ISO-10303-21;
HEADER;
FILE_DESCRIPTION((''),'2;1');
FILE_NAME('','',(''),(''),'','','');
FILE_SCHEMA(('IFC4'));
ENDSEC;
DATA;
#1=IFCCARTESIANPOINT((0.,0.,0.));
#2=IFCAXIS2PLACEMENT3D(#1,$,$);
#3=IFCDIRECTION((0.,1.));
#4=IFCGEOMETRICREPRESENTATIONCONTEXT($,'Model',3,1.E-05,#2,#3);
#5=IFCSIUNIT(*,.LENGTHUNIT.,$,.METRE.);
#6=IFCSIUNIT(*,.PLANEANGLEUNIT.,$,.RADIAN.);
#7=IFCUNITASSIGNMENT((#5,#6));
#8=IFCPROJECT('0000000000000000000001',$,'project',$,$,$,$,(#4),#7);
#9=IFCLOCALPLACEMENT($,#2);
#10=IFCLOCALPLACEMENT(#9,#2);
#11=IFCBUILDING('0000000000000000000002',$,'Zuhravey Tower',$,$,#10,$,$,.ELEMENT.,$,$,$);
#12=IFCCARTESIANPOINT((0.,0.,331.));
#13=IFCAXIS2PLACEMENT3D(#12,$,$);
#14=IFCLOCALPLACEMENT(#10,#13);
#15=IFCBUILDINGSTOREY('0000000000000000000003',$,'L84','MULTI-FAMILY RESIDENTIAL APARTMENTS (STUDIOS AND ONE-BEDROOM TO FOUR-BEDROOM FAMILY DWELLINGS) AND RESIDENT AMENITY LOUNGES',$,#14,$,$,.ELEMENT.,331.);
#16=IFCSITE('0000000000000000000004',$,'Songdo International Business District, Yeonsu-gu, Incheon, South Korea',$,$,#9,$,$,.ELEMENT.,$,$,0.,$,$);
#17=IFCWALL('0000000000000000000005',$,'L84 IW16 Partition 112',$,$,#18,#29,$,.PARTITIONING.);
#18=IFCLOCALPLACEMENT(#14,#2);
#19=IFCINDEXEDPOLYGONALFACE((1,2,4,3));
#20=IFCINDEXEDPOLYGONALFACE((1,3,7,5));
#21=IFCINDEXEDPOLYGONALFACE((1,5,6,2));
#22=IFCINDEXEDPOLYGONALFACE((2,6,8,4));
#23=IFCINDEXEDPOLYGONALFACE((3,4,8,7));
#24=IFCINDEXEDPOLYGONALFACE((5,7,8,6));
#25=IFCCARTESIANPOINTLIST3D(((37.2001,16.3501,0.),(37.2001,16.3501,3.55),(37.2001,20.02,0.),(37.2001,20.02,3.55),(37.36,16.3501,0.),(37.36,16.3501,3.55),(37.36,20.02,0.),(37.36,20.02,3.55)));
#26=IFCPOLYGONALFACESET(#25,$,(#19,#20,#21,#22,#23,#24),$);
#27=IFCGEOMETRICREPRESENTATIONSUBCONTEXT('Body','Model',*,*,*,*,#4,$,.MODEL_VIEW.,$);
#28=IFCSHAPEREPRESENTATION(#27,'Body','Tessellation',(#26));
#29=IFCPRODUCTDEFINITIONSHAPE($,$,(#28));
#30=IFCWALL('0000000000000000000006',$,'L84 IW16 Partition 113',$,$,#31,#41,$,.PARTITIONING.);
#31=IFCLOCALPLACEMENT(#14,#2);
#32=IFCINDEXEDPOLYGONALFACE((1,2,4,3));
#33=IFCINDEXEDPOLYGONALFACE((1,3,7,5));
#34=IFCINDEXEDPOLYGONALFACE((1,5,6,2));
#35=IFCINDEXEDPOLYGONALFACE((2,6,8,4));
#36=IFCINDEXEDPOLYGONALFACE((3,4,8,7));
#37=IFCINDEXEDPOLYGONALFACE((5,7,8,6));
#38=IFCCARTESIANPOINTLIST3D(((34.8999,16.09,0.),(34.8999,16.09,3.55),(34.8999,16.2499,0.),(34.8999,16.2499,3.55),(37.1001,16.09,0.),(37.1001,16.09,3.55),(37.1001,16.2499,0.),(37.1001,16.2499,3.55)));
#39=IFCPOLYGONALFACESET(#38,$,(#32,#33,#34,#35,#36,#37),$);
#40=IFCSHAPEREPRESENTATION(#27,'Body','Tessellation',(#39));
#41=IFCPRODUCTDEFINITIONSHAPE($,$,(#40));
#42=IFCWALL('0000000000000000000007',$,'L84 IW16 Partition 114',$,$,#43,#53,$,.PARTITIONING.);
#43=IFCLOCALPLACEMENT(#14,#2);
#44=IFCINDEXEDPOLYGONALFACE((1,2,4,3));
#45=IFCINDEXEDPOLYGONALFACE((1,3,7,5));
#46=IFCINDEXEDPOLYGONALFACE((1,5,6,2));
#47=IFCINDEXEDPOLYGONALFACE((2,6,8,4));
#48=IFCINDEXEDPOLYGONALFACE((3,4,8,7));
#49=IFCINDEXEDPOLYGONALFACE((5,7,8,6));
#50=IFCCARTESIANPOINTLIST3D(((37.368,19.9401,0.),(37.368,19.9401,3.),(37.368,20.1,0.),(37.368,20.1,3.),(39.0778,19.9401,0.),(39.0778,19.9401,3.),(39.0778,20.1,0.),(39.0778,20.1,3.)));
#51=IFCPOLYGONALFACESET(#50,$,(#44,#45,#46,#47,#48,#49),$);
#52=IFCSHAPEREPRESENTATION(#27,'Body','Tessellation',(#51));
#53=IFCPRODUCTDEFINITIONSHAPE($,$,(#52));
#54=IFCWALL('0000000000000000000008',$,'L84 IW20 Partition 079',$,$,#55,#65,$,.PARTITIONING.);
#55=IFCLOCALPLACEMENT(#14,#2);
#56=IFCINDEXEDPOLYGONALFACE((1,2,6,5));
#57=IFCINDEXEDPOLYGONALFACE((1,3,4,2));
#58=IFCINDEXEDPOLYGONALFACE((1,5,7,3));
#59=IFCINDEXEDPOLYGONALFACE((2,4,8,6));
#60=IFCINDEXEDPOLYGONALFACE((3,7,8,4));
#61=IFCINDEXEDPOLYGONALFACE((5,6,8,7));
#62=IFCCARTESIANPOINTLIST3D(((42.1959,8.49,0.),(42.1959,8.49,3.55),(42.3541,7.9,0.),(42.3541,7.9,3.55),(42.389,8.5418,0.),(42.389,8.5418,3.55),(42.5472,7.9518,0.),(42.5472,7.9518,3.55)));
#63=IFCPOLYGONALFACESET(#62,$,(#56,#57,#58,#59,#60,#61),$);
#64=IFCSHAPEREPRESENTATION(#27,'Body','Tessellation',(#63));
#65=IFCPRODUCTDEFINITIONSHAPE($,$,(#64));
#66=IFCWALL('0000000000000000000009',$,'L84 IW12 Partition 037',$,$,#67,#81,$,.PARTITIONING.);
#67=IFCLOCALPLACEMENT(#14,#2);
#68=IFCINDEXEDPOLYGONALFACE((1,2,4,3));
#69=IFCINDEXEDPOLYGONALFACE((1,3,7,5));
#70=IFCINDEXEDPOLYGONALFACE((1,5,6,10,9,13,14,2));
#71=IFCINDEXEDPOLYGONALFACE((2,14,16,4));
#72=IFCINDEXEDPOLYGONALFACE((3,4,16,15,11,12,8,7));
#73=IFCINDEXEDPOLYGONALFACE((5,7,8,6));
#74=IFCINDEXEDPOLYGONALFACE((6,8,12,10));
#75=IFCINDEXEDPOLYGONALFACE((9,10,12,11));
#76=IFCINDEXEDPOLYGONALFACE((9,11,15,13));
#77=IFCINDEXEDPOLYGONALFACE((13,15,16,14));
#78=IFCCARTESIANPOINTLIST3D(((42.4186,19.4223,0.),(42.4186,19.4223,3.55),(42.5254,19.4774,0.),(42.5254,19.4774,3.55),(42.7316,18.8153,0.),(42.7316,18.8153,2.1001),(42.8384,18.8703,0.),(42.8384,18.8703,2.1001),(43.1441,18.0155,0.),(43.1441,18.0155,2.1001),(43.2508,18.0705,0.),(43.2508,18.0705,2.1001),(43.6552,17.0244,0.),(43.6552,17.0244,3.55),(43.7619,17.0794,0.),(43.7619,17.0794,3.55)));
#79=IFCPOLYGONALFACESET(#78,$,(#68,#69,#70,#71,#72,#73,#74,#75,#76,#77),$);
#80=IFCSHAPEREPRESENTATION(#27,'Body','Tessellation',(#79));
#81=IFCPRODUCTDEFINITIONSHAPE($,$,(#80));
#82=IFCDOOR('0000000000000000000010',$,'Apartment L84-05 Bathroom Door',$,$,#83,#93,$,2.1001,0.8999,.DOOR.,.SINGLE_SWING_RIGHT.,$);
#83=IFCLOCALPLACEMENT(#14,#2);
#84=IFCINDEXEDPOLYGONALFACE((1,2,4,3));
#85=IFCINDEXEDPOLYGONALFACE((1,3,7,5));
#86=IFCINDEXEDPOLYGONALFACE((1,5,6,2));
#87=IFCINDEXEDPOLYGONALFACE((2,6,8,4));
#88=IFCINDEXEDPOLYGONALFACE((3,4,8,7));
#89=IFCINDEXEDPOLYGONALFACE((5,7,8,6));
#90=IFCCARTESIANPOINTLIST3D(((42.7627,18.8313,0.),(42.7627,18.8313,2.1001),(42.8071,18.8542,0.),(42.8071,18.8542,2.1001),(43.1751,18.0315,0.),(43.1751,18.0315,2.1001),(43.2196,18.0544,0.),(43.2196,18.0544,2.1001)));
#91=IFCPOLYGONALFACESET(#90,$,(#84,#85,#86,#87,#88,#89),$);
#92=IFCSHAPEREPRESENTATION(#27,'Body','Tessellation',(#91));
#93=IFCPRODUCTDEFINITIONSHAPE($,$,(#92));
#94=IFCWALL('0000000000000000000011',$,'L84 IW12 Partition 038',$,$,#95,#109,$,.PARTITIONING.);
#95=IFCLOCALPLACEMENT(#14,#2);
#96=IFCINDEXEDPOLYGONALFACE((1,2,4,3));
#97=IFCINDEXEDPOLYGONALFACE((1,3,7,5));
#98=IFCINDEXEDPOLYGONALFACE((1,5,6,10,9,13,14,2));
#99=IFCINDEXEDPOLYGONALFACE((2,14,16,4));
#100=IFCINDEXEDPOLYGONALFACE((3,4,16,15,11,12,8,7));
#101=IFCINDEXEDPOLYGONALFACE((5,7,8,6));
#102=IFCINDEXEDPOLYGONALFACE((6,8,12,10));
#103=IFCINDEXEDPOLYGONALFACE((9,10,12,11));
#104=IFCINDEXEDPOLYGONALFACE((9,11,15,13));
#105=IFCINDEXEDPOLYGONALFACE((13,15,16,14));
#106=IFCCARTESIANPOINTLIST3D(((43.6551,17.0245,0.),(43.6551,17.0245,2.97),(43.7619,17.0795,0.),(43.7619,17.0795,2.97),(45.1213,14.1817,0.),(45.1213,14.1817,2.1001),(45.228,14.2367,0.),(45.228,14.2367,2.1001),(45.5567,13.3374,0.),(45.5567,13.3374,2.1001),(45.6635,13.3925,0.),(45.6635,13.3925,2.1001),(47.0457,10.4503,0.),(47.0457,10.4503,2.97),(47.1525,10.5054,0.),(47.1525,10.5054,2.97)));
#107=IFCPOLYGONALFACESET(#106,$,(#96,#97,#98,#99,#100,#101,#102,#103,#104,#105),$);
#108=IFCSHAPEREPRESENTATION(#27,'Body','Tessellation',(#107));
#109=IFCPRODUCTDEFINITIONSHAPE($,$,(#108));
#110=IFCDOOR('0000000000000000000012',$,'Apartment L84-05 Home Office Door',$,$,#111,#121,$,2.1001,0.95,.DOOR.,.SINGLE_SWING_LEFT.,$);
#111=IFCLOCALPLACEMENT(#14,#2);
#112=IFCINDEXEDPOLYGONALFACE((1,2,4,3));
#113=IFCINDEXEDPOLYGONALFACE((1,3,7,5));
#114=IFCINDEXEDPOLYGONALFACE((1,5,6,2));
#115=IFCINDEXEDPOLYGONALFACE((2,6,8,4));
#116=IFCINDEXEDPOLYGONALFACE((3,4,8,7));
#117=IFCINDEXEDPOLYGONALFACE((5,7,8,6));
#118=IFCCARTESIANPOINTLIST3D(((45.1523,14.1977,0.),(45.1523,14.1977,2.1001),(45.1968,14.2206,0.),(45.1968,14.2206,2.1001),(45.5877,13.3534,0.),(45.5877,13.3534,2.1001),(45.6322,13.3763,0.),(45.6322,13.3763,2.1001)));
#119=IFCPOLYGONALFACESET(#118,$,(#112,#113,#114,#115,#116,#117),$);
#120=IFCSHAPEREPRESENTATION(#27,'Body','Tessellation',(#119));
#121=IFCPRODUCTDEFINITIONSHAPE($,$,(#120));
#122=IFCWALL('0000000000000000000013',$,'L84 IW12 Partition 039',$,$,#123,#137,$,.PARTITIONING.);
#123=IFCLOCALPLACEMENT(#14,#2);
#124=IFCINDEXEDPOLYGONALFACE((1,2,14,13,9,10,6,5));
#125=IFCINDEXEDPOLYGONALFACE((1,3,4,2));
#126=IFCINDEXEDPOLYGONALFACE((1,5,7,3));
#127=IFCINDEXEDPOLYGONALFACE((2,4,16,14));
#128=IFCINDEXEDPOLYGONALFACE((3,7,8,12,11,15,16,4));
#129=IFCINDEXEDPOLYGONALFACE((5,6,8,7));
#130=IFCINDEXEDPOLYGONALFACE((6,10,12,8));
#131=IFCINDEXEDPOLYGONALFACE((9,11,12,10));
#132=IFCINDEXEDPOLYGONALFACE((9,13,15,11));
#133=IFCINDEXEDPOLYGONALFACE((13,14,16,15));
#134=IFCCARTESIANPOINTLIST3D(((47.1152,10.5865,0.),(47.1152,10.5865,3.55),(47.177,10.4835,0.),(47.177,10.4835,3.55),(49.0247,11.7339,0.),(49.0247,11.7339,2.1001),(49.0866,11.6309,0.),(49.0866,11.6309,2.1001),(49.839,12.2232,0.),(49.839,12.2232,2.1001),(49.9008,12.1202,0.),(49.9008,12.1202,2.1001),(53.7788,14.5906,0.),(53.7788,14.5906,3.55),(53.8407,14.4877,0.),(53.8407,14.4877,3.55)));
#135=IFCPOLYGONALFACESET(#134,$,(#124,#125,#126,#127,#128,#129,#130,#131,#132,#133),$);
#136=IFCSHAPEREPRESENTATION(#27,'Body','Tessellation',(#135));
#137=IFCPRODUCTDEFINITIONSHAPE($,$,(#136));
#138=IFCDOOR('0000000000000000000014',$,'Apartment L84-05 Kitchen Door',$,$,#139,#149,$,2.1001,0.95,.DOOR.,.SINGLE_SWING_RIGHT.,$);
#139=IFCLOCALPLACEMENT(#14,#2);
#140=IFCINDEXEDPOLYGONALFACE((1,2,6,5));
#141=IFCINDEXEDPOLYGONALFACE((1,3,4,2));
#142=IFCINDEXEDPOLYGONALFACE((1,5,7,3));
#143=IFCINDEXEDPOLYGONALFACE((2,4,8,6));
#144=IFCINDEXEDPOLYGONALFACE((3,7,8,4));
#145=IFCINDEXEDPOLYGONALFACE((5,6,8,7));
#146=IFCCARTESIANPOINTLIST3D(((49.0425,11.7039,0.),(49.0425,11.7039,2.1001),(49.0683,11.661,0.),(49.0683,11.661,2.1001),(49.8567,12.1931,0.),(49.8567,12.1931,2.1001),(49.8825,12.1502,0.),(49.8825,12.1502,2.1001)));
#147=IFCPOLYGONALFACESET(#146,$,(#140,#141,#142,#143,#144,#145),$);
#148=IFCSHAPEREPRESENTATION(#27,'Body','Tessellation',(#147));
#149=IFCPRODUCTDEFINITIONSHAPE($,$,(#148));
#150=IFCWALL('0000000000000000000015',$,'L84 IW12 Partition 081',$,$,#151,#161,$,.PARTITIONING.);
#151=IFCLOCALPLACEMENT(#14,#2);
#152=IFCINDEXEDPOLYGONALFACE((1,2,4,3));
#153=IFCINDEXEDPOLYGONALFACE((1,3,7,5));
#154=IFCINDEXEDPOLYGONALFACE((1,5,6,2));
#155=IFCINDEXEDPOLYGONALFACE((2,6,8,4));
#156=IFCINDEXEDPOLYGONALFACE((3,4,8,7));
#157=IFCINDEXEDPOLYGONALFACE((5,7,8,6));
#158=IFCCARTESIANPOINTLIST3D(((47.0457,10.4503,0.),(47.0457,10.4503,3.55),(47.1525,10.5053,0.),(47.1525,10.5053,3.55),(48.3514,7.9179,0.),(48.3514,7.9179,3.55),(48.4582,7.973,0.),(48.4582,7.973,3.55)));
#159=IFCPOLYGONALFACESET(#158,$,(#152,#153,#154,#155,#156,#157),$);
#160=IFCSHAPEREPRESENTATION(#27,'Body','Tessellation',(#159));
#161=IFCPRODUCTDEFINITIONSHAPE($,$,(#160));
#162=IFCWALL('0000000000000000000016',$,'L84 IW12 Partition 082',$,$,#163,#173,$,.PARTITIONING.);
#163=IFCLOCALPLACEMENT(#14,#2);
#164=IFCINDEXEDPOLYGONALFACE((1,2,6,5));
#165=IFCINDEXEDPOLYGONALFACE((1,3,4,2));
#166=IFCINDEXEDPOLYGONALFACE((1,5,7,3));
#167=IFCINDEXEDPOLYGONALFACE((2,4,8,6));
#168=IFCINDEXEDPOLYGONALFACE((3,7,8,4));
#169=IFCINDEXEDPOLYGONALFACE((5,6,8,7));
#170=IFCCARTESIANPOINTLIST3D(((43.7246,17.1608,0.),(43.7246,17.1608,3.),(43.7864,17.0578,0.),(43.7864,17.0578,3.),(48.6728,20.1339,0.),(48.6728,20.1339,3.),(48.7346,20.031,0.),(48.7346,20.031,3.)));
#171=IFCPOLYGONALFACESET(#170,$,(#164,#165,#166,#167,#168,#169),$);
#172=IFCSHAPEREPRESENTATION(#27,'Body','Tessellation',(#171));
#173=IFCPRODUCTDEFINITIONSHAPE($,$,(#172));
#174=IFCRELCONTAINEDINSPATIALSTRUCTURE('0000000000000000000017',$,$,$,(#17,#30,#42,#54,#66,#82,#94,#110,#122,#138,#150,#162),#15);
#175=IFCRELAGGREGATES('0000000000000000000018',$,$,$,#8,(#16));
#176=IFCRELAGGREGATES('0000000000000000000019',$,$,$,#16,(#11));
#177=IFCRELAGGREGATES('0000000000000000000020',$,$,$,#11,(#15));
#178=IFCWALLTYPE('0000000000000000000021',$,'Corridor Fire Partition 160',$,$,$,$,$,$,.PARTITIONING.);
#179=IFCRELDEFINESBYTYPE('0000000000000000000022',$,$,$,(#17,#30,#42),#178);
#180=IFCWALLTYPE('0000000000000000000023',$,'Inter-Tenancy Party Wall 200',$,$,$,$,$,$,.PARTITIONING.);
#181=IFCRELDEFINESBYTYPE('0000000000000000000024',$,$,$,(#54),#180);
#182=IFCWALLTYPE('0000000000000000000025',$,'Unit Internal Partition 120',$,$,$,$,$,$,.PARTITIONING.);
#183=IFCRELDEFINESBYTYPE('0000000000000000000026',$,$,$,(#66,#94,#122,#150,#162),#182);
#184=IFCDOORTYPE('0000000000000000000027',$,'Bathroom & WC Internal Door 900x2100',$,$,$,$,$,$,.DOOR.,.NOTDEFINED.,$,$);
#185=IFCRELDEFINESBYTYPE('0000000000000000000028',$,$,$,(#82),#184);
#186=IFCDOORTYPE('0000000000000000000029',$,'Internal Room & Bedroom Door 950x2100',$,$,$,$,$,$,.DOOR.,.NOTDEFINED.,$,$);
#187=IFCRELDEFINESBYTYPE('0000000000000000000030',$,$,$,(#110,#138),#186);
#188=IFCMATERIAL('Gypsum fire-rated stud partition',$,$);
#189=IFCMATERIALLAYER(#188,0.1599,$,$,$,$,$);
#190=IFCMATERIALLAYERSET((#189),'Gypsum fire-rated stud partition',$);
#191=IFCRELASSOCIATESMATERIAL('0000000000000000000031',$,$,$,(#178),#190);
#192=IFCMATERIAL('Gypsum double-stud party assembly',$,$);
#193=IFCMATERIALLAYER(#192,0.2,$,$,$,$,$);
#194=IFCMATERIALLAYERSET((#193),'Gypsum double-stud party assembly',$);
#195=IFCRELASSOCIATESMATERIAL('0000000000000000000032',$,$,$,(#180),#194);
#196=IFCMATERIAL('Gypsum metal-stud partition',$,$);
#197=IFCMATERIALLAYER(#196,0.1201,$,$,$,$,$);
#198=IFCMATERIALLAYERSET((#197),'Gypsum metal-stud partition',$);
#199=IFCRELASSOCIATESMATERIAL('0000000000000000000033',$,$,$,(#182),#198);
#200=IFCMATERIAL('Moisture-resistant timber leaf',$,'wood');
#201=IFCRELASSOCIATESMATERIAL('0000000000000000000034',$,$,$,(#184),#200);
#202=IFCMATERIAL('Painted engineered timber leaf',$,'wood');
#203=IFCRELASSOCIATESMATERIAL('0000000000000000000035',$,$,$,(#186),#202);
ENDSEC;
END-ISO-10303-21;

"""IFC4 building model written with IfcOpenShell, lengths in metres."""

from ifc_helpers import new_model, si_unit, direction, frame, frame_2d, origin, place, context, subcontext, project, spatial, rectangle, extrude, material, layer, layer_set, type_object, element, fill, save


model = new_model("IFC4")

# Units and contexts
model_context = context("Model", 3, precision=1e-05, world=origin(), true_north=direction((0.0, 1.0)))
body_context = subcontext(model_context, "Body", "Model", "MODEL_VIEW")
ifc_project = project(units=[si_unit("LENGTHUNIT", "METRE"), si_unit("PLANEANGLEUNIT", "RADIAN")], contexts=[model_context])

# Site, building, storey
site_placement = place(None, origin())
site = spatial("IfcSite", under=ifc_project, at=site_placement, Name="Songdo International Business District, Yeonsu-gu, Incheon, South Korea", CompositionType="ELEMENT", RefElevation=0.0)
building_placement = place(site_placement, origin())
building = spatial("IfcBuilding", under=site, at=building_placement, Name="Zuhravey Tower", CompositionType="ELEMENT")
storey_placement = place(building_placement, frame((0.0, 0.0, 331.0)))
storey = spatial("IfcBuildingStorey", under=building, at=storey_placement, Name="L84", Description="MULTI-FAMILY RESIDENTIAL APARTMENTS (STUDIOS AND ONE-BEDROOM TO FOUR-BEDROOM FAMILY DWELLINGS) AND RESIDENT AMENITY LOUNGES", CompositionType="ELEMENT", Elevation=331.0)

# Walls
ifc_material_1 = material(Name="Gypsum fire-rated stud partition")
ifc_layer_1 = layer(ifc_material_1, 0.1599)
ifc_layer_set_1 = layer_set([ifc_layer_1], Name="Gypsum fire-rated stud partition")
wall_type_1 = type_object("IfcWallType", Name="Corridor Fire Partition 160", PredefinedType="PARTITIONING", material=ifc_layer_set_1)
wall_1_placement = place(storey_placement, frame((37.28, 16.3501, 0.0), z_axis=(0.0, 0.0, 1.0), x_axis=(0.0, 1.0, 0.0)))
element("IfcWall", 1, at=wall_1_placement, inside=storey, type_object=wall_type_1, Name="L84 IW16 Partition 112", PredefinedType="PARTITIONING", context=body_context, shape_type="SweptSolid", body=[
    extrude(rectangle(XDim=3.6699, YDim=0.1599, at=frame_2d((1.835, 0.0))), origin(), (0.0, 0.0, 1.0), 3.55),
])
wall_2_placement = place(storey_placement, frame((34.8999, 16.1699, 0.0), z_axis=(0.0, 0.0, 1.0), x_axis=(1.0, 0.0, 0.0)))
element("IfcWall", 2, at=wall_2_placement, inside=storey, type_object=wall_type_1, Name="L84 IW16 Partition 113", PredefinedType="PARTITIONING", context=body_context, shape_type="SweptSolid", body=[
    extrude(rectangle(XDim=2.2002, YDim=0.1599, at=frame_2d((1.1001, 0.0))), origin(), (0.0, 0.0, 1.0), 3.55),
])
wall_3_placement = place(storey_placement, frame((37.3679, 20.02, 0.0), z_axis=(0.0, 0.0, 1.0), x_axis=(1.0, 0.0, 0.0)))
element("IfcWall", 3, at=wall_3_placement, inside=storey, type_object=wall_type_1, Name="L84 IW16 Partition 114", PredefinedType="PARTITIONING", context=body_context, shape_type="SweptSolid", body=[
    extrude(rectangle(XDim=1.7097, YDim=0.1599, at=frame_2d((0.855, 0.0))), origin(), (0.0, 0.0, 1.0), 3.0),
])
ifc_material_2 = material(Name="Gypsum double-stud party assembly")
ifc_layer_2 = layer(ifc_material_2, 0.2)
ifc_layer_set_2 = layer_set([ifc_layer_2], Name="Gypsum double-stud party assembly")
wall_type_2 = type_object("IfcWallType", Name="Inter-Tenancy Party Wall 200", PredefinedType="PARTITIONING", material=ifc_layer_set_2)
wall_4_placement = place(storey_placement, frame((42.2925, 8.5159, 0.0), z_axis=(0.0, 0.0, 1.0), x_axis=(0.258956, -0.965889, 0.0)))
element("IfcWall", 4, at=wall_4_placement, inside=storey, type_object=wall_type_2, Name="L84 IW20 Partition 079", PredefinedType="PARTITIONING", context=body_context, shape_type="SweptSolid", body=[
    extrude(rectangle(XDim=0.6108, YDim=0.2, at=frame_2d((0.3054, 0.0))), origin(), (0.0, 0.0, 1.0), 3.55),
])

# Walls, openings, doors
ifc_material_3 = material(Name="Gypsum metal-stud partition")
ifc_layer_3 = layer(ifc_material_3, 0.1201)
ifc_layer_set_3 = layer_set([ifc_layer_3], Name="Gypsum metal-stud partition")
wall_type_3 = type_object("IfcWallType", Name="Unit Internal Partition 120", PredefinedType="PARTITIONING", material=ifc_layer_set_3)
wall_5_placement = place(storey_placement, frame((42.4719, 19.45, 0.0), z_axis=(0.0, 0.0, 1.0), x_axis=(0.458327, -0.888784, 0.0)))
wall_5 = element("IfcWall", 5, at=wall_5_placement, inside=storey, type_object=wall_type_3, Name="L84 IW12 Partition 037", PredefinedType="PARTITIONING", context=body_context, shape_type="SweptSolid", body=[
    extrude(rectangle(XDim=2.698, YDim=0.1201, at=frame_2d((1.3491, 0.0))), origin(), (0.0, 0.0, 1.0), 3.55),
])
opening_1_placement = place(wall_5_placement, frame((0.6831, 0.0, 0.0)))
opening_1 = element("IfcOpeningElement", 6, at=opening_1_placement, cuts=wall_5, PredefinedType="OPENING", context=body_context, shape_type="SweptSolid", body=[
    extrude(rectangle(XDim=0.8999, YDim=2.1001, at=frame_2d((0.45, 1.05))), frame((0.0, 0.072, 0.0), z_axis=(0.0, -1.0, 0.0), x_axis=(1.0, 0.0, 0.0)), (0.0, 0.0, 1.0), 0.144),
])
ifc_material_4 = material(Name="Moisture-resistant timber leaf", Category="wood")
door_type_1 = type_object("IfcDoorType", Name="Bathroom & WC Internal Door 900x2100", OperationType="NOTDEFINED", PredefinedType="DOOR", material=ifc_material_4)
door_1_placement = place(opening_1_placement, origin())
door_1 = element("IfcDoor", 7, at=door_1_placement, inside=storey, type_object=door_type_1, Name="Apartment L84-05 Bathroom Door", OperationType="SINGLE_SWING_RIGHT", OverallHeight=2.1001, OverallWidth=0.8999, PredefinedType="DOOR", context=body_context, shape_type="SweptSolid", body=[
    extrude(rectangle(XDim=0.8999, YDim=2.1001, at=frame_2d((0.45, 1.05))), frame((0.0, 0.0249, 0.0), z_axis=(0.0, -1.0, 0.0), x_axis=(1.0, 0.0, 0.0)), (0.0, 0.0, 1.0), 0.05),
])
fill(opening_1, door_1)
wall_6_placement = place(storey_placement, frame((43.7085, 17.052, 0.0), z_axis=(0.0, 0.0, 1.0), x_axis=(0.458374, -0.888759, 0.0)))
wall_6 = element("IfcWall", 8, at=wall_6_placement, inside=storey, type_object=wall_type_3, Name="L84 IW12 Partition 038", PredefinedType="PARTITIONING", context=body_context, shape_type="SweptSolid", body=[
    extrude(rectangle(XDim=7.397, YDim=0.1201, at=frame_2d((3.6985, 0.0))), origin(), (0.0, 0.0, 1.0), 2.97),
])
opening_2_placement = place(wall_6_placement, frame((3.1985, 0.0, 0.0)))
opening_2 = element("IfcOpeningElement", 9, at=opening_2_placement, cuts=wall_6, PredefinedType="OPENING", context=body_context, shape_type="SweptSolid", body=[
    extrude(rectangle(XDim=0.95, YDim=2.1001, at=frame_2d((0.4751, 1.05))), frame((0.0, 0.072, 0.0), z_axis=(0.0, -1.0, 0.0), x_axis=(1.0, 0.0, 0.0)), (0.0, 0.0, 1.0), 0.144),
])
ifc_material_5 = material(Name="Painted engineered timber leaf", Category="wood")
door_type_2 = type_object("IfcDoorType", Name="Internal Room & Bedroom Door 950x2100", OperationType="NOTDEFINED", PredefinedType="DOOR", material=ifc_material_5)
door_2_placement = place(opening_2_placement, origin())
door_2 = element("IfcDoor", 10, at=door_2_placement, inside=storey, type_object=door_type_2, Name="Apartment L84-05 Home Office Door", OperationType="SINGLE_SWING_LEFT", OverallHeight=2.1001, OverallWidth=0.95, PredefinedType="DOOR", context=body_context, shape_type="SweptSolid", body=[
    extrude(rectangle(XDim=0.95, YDim=2.1001, at=frame_2d((0.4751, 1.05))), frame((0.0, 0.0249, 0.0), z_axis=(0.0, -1.0, 0.0), x_axis=(1.0, 0.0, 0.0)), (0.0, 0.0, 1.0), 0.05),
])
fill(opening_2, door_2)
wall_7_placement = place(storey_placement, frame((47.146, 10.5349, 0.0), z_axis=(0.0, 0.0, 1.0), x_axis=(0.857152, 0.515064, 0.0)))
wall_7 = element("IfcWall", 11, at=wall_7_placement, inside=storey, type_object=wall_type_3, Name="L84 IW12 Partition 039", PredefinedType="PARTITIONING", context=body_context, shape_type="SweptSolid", body=[
    extrude(rectangle(XDim=7.7742, YDim=0.1201, at=frame_2d((3.8872, 0.0))), origin(), (0.0, 0.0, 1.0), 3.55),
])
opening_3_placement = place(wall_7_placement, frame((2.2278, 0.0, 0.0)))
opening_3 = element("IfcOpeningElement", 12, at=opening_3_placement, cuts=wall_7, PredefinedType="OPENING", context=body_context, shape_type="SweptSolid", body=[
    extrude(rectangle(XDim=0.95, YDim=2.1001, at=frame_2d((0.4751, 1.05))), frame((0.0, 0.072, 0.0), z_axis=(0.0, -1.0, 0.0), x_axis=(1.0, 0.0, 0.0)), (0.0, 0.0, 1.0), 0.144),
])
door_3_placement = place(opening_3_placement, frame((0.95, 0.0, 0.0), z_axis=(0.0, 0.0, 1.0), x_axis=(-1.0, 0.0, 0.0)))
door_3 = element("IfcDoor", 13, at=door_3_placement, inside=storey, type_object=door_type_2, Name="Apartment L84-05 Kitchen Door", OperationType="SINGLE_SWING_RIGHT", OverallHeight=2.1001, OverallWidth=0.95, PredefinedType="DOOR", context=body_context, shape_type="SweptSolid", body=[
    extrude(rectangle(XDim=0.95, YDim=2.1001, at=frame_2d((0.4751, 1.05))), frame((0.0, 0.0249, 0.0), z_axis=(0.0, -1.0, 0.0), x_axis=(1.0, 0.0, 0.0)), (0.0, 0.0, 1.0), 0.05),
])
fill(opening_3, door_3)

# Walls
wall_8_placement = place(storey_placement, frame((47.0991, 10.4778, 0.0), z_axis=(0.0, 0.0, 1.0), x_axis=(0.458285, -0.888805, 0.0)))
element("IfcWall", 14, at=wall_8_placement, inside=storey, type_object=wall_type_3, Name="L84 IW12 Partition 081", PredefinedType="PARTITIONING", context=body_context, shape_type="SweptSolid", body=[
    extrude(rectangle(XDim=2.8491, YDim=0.1201, at=frame_2d((1.4246, 0.0))), origin(), (0.0, 0.0, 1.0), 3.55),
])
wall_9_placement = place(storey_placement, frame((43.7556, 17.1094, 0.0), z_axis=(0.0, 0.0, 1.0), x_axis=(0.857172, 0.515031, 0.0)))
element("IfcWall", 15, at=wall_9_placement, inside=storey, type_object=wall_type_3, Name="L84 IW12 Partition 082", PredefinedType="PARTITIONING", context=body_context, shape_type="SweptSolid", body=[
    extrude(rectangle(XDim=5.7727, YDim=0.1201, at=frame_2d((2.8862, 0.0))), origin(), (0.0, 0.0, 1.0), 3.0),
])

save(model, "model.ifc")
